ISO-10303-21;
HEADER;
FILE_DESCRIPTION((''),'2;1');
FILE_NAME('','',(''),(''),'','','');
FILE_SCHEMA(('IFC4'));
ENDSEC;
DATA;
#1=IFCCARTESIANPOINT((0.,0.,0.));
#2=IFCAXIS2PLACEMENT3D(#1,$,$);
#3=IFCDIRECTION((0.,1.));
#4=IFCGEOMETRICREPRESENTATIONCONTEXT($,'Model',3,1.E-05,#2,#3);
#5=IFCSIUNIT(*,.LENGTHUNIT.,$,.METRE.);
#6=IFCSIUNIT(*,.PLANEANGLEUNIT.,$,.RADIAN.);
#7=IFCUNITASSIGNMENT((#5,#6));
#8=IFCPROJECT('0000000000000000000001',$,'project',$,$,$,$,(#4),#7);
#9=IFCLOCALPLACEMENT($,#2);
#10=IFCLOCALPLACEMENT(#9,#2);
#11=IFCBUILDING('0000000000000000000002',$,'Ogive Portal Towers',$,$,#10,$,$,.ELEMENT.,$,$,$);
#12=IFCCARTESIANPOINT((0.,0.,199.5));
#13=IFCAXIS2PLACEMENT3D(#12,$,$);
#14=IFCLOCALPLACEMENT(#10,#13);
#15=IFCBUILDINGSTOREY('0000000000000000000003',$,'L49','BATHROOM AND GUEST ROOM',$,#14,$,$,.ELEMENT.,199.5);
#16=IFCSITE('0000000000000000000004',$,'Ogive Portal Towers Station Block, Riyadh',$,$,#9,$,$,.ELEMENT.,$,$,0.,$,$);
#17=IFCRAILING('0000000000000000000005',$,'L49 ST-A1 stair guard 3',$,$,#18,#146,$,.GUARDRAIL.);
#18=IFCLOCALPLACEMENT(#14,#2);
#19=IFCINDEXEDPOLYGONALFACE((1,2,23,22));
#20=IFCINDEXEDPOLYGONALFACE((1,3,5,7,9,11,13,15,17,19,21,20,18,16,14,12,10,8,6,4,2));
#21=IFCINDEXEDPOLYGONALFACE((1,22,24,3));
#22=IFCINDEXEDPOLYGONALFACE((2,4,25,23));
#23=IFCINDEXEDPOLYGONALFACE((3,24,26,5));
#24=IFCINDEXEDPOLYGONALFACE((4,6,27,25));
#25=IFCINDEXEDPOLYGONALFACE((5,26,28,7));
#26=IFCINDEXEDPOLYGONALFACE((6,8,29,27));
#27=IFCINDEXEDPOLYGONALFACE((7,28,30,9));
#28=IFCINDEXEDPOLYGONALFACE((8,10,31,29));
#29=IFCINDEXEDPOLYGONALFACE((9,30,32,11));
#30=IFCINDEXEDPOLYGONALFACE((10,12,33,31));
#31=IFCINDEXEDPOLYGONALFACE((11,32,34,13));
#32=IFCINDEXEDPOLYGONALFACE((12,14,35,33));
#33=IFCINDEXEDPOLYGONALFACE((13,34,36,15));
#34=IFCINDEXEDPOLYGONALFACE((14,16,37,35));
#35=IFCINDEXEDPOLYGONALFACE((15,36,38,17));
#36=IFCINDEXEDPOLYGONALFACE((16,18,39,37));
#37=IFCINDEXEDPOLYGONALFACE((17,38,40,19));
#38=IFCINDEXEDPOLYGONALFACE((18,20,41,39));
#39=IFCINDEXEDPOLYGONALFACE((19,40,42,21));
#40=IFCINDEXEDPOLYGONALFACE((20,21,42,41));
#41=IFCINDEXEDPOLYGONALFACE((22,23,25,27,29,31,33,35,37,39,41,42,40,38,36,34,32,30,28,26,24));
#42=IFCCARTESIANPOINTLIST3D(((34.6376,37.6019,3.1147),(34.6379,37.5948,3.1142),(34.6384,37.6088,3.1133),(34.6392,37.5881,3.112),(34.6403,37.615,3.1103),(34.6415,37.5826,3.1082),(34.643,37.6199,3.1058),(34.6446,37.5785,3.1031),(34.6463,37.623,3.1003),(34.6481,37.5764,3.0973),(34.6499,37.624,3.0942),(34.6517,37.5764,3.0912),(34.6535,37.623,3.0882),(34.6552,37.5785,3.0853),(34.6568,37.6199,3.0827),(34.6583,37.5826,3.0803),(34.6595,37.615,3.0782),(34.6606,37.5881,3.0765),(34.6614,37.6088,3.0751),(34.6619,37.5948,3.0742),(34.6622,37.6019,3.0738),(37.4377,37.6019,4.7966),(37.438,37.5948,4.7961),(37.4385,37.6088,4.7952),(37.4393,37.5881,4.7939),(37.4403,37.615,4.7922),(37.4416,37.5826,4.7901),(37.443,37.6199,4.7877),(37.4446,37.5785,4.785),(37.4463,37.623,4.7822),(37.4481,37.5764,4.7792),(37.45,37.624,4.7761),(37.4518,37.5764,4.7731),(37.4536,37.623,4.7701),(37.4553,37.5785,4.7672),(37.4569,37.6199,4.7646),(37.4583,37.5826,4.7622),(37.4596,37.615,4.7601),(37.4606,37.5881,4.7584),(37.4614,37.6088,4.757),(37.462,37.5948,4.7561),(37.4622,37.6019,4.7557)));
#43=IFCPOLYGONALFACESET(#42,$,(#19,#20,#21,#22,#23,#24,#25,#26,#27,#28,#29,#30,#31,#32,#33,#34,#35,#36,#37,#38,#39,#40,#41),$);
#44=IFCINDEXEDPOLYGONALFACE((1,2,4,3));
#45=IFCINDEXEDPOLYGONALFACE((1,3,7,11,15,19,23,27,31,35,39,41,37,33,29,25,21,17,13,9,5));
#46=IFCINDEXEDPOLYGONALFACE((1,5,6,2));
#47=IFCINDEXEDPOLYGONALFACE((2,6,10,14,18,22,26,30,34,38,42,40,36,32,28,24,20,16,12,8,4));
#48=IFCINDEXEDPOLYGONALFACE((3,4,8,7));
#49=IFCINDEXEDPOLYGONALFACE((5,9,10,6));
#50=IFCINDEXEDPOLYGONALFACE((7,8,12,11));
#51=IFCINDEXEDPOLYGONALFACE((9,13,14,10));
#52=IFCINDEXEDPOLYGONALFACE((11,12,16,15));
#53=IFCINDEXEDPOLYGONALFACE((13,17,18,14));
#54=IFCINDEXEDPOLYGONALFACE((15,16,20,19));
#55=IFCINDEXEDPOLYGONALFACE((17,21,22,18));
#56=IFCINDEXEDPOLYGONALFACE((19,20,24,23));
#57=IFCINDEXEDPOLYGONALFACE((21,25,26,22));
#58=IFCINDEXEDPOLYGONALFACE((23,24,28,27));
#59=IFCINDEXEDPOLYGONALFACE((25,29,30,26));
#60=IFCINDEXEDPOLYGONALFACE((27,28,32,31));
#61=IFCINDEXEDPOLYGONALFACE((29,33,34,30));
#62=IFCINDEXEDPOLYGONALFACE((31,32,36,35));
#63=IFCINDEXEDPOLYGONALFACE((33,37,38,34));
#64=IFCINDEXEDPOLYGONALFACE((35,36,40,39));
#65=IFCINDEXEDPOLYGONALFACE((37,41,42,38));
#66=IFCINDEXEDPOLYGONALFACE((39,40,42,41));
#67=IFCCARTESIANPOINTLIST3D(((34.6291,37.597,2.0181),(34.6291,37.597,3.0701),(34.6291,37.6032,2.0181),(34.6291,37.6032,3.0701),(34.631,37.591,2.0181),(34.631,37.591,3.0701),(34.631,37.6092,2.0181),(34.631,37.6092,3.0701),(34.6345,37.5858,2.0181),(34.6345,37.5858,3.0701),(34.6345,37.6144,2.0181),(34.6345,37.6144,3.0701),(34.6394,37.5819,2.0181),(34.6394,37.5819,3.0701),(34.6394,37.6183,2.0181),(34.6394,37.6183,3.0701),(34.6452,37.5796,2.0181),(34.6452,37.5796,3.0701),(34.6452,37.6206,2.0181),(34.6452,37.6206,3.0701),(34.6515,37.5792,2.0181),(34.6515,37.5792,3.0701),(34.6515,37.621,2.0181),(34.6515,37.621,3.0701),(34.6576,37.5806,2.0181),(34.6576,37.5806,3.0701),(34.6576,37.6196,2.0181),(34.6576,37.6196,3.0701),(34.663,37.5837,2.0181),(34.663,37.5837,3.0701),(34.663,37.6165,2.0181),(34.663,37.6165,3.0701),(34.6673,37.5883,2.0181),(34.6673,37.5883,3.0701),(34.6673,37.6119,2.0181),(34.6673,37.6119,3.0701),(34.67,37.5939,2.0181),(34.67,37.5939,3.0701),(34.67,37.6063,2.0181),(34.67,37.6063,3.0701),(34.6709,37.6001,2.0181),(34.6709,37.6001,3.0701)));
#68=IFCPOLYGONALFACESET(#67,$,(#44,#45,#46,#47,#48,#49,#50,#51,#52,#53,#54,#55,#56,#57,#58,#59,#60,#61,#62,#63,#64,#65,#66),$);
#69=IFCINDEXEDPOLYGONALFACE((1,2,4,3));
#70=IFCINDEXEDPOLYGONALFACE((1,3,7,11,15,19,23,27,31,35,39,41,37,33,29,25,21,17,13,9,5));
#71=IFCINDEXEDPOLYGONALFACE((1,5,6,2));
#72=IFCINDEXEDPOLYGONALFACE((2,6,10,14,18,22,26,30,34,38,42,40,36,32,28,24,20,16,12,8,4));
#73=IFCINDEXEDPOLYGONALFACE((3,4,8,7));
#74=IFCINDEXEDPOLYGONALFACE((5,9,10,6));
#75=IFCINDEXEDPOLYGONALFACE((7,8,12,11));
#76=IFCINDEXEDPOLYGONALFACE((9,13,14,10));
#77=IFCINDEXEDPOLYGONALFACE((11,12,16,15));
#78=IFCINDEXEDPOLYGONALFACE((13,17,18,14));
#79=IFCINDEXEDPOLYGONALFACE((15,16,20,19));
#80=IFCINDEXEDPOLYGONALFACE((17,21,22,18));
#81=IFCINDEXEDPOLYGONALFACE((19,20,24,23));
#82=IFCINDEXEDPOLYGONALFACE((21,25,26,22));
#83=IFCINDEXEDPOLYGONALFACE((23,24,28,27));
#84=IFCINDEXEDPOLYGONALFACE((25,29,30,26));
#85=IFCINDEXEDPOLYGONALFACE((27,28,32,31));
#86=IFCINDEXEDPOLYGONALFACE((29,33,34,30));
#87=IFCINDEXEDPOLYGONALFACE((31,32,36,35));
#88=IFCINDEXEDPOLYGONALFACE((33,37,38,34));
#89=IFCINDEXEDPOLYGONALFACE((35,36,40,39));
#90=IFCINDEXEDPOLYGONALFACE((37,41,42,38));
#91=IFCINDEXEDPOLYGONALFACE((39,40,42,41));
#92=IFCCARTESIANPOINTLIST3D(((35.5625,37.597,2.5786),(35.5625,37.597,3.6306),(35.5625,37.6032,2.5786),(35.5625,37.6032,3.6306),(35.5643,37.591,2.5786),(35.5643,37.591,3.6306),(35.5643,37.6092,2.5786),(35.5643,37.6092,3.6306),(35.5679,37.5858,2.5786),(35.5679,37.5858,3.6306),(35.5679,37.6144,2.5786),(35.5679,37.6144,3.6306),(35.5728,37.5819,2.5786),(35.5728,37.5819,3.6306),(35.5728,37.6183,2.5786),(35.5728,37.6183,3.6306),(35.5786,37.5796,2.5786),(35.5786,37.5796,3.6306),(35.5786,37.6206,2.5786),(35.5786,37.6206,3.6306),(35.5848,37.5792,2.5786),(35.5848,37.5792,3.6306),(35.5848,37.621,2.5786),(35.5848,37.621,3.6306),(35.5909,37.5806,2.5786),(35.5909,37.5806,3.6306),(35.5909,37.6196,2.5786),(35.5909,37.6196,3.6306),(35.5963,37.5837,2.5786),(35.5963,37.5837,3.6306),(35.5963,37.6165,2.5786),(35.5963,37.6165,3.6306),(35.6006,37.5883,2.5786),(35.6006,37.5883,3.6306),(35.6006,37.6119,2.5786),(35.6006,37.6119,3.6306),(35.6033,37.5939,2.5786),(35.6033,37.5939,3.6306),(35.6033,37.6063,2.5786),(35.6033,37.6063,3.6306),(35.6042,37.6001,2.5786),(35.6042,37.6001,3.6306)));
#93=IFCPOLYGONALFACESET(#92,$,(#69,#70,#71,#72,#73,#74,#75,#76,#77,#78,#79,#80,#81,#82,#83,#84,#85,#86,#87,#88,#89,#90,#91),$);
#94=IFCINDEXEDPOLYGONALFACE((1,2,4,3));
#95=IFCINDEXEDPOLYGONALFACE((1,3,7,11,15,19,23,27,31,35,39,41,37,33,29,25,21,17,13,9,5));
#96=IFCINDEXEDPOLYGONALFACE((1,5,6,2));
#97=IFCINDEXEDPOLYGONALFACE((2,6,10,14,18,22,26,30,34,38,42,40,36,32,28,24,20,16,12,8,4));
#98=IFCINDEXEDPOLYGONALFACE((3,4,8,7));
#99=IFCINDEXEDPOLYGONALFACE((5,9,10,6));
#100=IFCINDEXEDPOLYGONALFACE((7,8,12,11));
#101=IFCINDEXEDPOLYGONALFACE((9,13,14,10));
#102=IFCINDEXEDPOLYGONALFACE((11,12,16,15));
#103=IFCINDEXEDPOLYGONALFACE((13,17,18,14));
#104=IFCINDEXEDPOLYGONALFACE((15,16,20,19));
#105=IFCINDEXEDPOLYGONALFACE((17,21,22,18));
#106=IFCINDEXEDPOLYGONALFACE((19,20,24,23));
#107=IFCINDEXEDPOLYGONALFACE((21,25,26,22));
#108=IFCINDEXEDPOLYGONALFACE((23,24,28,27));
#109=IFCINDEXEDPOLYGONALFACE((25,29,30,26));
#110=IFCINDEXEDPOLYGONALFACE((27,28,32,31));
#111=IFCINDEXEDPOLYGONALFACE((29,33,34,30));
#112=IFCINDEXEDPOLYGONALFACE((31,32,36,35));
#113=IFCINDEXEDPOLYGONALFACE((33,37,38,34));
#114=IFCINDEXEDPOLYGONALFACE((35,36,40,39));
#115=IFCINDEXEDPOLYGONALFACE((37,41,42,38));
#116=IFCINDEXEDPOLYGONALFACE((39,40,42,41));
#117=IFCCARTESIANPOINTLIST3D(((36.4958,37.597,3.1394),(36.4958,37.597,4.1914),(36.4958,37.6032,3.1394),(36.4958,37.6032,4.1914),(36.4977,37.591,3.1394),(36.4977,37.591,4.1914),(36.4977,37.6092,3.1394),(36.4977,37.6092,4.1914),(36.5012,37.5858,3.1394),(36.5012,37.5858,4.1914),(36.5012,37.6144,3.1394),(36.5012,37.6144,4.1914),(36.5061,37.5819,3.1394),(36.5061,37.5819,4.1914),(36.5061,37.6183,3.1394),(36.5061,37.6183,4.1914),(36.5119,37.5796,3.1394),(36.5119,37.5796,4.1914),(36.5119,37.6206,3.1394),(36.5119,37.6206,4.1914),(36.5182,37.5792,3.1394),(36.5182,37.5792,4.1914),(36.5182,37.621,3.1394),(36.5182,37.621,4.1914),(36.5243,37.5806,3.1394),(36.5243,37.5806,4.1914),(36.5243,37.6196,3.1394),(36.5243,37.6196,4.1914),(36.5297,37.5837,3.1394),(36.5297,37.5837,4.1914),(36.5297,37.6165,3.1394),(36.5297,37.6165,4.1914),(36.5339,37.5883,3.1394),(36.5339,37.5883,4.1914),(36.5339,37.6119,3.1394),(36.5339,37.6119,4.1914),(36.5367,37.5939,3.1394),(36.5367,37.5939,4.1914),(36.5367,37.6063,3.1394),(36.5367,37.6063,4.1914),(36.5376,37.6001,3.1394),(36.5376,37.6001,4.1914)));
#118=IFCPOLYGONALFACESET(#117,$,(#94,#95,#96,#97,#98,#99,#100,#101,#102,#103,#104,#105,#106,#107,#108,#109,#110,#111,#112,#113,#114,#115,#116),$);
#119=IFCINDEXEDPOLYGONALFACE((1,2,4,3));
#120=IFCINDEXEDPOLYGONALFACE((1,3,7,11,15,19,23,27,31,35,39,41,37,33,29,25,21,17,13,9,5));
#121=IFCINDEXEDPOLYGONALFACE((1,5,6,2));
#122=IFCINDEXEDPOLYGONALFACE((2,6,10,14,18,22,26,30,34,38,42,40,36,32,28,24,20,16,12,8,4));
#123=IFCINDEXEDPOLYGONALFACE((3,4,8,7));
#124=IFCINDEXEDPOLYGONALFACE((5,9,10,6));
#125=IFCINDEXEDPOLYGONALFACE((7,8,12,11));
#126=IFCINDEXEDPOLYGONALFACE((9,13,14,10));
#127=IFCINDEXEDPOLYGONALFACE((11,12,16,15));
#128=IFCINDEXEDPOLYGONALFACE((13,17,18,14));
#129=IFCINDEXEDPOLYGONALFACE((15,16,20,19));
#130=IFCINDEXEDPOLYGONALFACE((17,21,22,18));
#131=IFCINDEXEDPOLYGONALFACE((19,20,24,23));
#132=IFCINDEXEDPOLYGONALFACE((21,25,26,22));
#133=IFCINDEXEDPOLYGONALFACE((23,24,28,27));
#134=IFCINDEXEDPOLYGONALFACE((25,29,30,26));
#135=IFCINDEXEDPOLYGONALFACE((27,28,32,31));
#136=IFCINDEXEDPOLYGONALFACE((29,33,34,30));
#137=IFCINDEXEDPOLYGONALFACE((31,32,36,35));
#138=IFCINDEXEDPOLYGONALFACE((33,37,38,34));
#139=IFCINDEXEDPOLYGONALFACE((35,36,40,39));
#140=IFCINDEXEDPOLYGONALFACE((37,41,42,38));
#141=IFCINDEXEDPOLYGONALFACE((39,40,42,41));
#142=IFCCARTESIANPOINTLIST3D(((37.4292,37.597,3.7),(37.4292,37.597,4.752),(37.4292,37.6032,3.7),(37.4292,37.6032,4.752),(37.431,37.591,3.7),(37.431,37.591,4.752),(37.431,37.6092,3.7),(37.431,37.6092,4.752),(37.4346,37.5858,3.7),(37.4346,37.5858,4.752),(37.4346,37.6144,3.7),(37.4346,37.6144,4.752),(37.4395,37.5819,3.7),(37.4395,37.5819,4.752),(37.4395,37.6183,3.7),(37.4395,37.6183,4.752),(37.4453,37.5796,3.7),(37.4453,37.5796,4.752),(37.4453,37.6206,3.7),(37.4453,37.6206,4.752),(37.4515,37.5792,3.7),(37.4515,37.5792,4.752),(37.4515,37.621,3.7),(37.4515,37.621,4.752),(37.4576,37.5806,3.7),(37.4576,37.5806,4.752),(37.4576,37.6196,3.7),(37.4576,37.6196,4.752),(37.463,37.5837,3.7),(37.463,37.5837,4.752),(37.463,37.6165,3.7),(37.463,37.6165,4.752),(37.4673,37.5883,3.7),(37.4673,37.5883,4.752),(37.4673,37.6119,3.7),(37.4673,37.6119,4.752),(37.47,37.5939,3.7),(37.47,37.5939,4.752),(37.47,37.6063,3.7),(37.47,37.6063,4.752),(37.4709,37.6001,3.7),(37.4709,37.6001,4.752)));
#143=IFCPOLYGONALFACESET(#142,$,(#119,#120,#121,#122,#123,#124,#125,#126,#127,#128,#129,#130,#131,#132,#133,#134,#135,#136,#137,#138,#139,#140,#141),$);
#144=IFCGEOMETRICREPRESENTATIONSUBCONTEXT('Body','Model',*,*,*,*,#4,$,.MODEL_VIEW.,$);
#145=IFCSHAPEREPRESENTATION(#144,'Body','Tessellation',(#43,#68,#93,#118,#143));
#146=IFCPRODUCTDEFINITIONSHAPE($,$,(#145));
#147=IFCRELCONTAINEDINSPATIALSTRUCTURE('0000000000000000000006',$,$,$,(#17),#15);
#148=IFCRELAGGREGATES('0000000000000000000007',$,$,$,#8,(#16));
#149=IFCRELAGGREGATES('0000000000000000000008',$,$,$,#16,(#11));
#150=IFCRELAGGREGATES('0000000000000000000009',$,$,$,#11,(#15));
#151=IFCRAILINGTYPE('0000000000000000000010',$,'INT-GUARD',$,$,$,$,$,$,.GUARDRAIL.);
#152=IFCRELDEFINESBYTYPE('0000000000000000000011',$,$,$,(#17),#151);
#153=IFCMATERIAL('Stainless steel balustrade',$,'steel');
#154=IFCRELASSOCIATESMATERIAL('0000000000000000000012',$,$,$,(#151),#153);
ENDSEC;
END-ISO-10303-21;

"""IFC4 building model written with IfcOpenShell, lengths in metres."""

from ifc_helpers import new_model, si_unit, direction, frame, origin, origin_2d, place, context, subcontext, project, spatial, circle, extrude, material, type_object, element, save


model = new_model("IFC4")

# Units and contexts
model_context = context("Model", 3, precision=1e-05, world=origin(), true_north=direction((0.0, 1.0)))
body_context = subcontext(model_context, "Body", "Model", "MODEL_VIEW")
ifc_project = project(units=[si_unit("LENGTHUNIT", "METRE"), si_unit("PLANEANGLEUNIT", "RADIAN")], contexts=[model_context])

# Site, building, storey
site_placement = place(None, origin())
site = spatial("IfcSite", under=ifc_project, at=site_placement, Name="Ogive Portal Towers Station Block, Riyadh", CompositionType="ELEMENT", RefElevation=0.0)
building_placement = place(site_placement, origin())
building = spatial("IfcBuilding", under=site, at=building_placement, Name="Ogive Portal Towers", CompositionType="ELEMENT")
storey_placement = place(building_placement, frame((0.0, 0.0, 199.5)))
storey = spatial("IfcBuildingStorey", under=building, at=storey_placement, Name="L49", Description="BATHROOM AND GUEST ROOM", CompositionType="ELEMENT", Elevation=199.5)

# Railing
ifc_material_1 = material(Name="Stainless steel balustrade", Category="steel")
railing_type_1 = type_object("IfcRailingType", Name="INT-GUARD", PredefinedType="GUARDRAIL", material=ifc_material_1)
railing_1_placement = place(storey_placement, frame((34.6499, 37.6001, 2.0181)))
element("IfcRailing", 1, at=railing_1_placement, inside=storey, type_object=railing_type_1, Name="L49 ST-A1 stair guard 3", PredefinedType="GUARDRAIL", context=body_context, shape_type="SweptSolid", body=[
    extrude(circle(Radius=0.0239, at=origin_2d()), frame((0.0, 0.0, 1.0762), z_axis=(0.857242, 0.0, 0.514913), x_axis=(0.0, 1.0, 0.0)), (0.0, 0.0, 1.0), 3.2664),
    extrude(circle(Radius=0.021, at=origin_2d()), origin(), (0.0, 0.0, 1.0), 1.052),
    extrude(circle(Radius=0.021, at=origin_2d()), frame((0.9333, 0.0, 0.5605)), (0.0, 0.0, 1.0), 1.052),
    extrude(circle(Radius=0.021, at=origin_2d()), frame((1.8667, 0.0, 1.1213)), (0.0, 0.0, 1.0), 1.052),
    extrude(circle(Radius=0.021, at=origin_2d()), frame((2.8, 0.0, 1.6819)), (0.0, 0.0, 1.0), 1.052),
])

save(model, "model.ifc")
